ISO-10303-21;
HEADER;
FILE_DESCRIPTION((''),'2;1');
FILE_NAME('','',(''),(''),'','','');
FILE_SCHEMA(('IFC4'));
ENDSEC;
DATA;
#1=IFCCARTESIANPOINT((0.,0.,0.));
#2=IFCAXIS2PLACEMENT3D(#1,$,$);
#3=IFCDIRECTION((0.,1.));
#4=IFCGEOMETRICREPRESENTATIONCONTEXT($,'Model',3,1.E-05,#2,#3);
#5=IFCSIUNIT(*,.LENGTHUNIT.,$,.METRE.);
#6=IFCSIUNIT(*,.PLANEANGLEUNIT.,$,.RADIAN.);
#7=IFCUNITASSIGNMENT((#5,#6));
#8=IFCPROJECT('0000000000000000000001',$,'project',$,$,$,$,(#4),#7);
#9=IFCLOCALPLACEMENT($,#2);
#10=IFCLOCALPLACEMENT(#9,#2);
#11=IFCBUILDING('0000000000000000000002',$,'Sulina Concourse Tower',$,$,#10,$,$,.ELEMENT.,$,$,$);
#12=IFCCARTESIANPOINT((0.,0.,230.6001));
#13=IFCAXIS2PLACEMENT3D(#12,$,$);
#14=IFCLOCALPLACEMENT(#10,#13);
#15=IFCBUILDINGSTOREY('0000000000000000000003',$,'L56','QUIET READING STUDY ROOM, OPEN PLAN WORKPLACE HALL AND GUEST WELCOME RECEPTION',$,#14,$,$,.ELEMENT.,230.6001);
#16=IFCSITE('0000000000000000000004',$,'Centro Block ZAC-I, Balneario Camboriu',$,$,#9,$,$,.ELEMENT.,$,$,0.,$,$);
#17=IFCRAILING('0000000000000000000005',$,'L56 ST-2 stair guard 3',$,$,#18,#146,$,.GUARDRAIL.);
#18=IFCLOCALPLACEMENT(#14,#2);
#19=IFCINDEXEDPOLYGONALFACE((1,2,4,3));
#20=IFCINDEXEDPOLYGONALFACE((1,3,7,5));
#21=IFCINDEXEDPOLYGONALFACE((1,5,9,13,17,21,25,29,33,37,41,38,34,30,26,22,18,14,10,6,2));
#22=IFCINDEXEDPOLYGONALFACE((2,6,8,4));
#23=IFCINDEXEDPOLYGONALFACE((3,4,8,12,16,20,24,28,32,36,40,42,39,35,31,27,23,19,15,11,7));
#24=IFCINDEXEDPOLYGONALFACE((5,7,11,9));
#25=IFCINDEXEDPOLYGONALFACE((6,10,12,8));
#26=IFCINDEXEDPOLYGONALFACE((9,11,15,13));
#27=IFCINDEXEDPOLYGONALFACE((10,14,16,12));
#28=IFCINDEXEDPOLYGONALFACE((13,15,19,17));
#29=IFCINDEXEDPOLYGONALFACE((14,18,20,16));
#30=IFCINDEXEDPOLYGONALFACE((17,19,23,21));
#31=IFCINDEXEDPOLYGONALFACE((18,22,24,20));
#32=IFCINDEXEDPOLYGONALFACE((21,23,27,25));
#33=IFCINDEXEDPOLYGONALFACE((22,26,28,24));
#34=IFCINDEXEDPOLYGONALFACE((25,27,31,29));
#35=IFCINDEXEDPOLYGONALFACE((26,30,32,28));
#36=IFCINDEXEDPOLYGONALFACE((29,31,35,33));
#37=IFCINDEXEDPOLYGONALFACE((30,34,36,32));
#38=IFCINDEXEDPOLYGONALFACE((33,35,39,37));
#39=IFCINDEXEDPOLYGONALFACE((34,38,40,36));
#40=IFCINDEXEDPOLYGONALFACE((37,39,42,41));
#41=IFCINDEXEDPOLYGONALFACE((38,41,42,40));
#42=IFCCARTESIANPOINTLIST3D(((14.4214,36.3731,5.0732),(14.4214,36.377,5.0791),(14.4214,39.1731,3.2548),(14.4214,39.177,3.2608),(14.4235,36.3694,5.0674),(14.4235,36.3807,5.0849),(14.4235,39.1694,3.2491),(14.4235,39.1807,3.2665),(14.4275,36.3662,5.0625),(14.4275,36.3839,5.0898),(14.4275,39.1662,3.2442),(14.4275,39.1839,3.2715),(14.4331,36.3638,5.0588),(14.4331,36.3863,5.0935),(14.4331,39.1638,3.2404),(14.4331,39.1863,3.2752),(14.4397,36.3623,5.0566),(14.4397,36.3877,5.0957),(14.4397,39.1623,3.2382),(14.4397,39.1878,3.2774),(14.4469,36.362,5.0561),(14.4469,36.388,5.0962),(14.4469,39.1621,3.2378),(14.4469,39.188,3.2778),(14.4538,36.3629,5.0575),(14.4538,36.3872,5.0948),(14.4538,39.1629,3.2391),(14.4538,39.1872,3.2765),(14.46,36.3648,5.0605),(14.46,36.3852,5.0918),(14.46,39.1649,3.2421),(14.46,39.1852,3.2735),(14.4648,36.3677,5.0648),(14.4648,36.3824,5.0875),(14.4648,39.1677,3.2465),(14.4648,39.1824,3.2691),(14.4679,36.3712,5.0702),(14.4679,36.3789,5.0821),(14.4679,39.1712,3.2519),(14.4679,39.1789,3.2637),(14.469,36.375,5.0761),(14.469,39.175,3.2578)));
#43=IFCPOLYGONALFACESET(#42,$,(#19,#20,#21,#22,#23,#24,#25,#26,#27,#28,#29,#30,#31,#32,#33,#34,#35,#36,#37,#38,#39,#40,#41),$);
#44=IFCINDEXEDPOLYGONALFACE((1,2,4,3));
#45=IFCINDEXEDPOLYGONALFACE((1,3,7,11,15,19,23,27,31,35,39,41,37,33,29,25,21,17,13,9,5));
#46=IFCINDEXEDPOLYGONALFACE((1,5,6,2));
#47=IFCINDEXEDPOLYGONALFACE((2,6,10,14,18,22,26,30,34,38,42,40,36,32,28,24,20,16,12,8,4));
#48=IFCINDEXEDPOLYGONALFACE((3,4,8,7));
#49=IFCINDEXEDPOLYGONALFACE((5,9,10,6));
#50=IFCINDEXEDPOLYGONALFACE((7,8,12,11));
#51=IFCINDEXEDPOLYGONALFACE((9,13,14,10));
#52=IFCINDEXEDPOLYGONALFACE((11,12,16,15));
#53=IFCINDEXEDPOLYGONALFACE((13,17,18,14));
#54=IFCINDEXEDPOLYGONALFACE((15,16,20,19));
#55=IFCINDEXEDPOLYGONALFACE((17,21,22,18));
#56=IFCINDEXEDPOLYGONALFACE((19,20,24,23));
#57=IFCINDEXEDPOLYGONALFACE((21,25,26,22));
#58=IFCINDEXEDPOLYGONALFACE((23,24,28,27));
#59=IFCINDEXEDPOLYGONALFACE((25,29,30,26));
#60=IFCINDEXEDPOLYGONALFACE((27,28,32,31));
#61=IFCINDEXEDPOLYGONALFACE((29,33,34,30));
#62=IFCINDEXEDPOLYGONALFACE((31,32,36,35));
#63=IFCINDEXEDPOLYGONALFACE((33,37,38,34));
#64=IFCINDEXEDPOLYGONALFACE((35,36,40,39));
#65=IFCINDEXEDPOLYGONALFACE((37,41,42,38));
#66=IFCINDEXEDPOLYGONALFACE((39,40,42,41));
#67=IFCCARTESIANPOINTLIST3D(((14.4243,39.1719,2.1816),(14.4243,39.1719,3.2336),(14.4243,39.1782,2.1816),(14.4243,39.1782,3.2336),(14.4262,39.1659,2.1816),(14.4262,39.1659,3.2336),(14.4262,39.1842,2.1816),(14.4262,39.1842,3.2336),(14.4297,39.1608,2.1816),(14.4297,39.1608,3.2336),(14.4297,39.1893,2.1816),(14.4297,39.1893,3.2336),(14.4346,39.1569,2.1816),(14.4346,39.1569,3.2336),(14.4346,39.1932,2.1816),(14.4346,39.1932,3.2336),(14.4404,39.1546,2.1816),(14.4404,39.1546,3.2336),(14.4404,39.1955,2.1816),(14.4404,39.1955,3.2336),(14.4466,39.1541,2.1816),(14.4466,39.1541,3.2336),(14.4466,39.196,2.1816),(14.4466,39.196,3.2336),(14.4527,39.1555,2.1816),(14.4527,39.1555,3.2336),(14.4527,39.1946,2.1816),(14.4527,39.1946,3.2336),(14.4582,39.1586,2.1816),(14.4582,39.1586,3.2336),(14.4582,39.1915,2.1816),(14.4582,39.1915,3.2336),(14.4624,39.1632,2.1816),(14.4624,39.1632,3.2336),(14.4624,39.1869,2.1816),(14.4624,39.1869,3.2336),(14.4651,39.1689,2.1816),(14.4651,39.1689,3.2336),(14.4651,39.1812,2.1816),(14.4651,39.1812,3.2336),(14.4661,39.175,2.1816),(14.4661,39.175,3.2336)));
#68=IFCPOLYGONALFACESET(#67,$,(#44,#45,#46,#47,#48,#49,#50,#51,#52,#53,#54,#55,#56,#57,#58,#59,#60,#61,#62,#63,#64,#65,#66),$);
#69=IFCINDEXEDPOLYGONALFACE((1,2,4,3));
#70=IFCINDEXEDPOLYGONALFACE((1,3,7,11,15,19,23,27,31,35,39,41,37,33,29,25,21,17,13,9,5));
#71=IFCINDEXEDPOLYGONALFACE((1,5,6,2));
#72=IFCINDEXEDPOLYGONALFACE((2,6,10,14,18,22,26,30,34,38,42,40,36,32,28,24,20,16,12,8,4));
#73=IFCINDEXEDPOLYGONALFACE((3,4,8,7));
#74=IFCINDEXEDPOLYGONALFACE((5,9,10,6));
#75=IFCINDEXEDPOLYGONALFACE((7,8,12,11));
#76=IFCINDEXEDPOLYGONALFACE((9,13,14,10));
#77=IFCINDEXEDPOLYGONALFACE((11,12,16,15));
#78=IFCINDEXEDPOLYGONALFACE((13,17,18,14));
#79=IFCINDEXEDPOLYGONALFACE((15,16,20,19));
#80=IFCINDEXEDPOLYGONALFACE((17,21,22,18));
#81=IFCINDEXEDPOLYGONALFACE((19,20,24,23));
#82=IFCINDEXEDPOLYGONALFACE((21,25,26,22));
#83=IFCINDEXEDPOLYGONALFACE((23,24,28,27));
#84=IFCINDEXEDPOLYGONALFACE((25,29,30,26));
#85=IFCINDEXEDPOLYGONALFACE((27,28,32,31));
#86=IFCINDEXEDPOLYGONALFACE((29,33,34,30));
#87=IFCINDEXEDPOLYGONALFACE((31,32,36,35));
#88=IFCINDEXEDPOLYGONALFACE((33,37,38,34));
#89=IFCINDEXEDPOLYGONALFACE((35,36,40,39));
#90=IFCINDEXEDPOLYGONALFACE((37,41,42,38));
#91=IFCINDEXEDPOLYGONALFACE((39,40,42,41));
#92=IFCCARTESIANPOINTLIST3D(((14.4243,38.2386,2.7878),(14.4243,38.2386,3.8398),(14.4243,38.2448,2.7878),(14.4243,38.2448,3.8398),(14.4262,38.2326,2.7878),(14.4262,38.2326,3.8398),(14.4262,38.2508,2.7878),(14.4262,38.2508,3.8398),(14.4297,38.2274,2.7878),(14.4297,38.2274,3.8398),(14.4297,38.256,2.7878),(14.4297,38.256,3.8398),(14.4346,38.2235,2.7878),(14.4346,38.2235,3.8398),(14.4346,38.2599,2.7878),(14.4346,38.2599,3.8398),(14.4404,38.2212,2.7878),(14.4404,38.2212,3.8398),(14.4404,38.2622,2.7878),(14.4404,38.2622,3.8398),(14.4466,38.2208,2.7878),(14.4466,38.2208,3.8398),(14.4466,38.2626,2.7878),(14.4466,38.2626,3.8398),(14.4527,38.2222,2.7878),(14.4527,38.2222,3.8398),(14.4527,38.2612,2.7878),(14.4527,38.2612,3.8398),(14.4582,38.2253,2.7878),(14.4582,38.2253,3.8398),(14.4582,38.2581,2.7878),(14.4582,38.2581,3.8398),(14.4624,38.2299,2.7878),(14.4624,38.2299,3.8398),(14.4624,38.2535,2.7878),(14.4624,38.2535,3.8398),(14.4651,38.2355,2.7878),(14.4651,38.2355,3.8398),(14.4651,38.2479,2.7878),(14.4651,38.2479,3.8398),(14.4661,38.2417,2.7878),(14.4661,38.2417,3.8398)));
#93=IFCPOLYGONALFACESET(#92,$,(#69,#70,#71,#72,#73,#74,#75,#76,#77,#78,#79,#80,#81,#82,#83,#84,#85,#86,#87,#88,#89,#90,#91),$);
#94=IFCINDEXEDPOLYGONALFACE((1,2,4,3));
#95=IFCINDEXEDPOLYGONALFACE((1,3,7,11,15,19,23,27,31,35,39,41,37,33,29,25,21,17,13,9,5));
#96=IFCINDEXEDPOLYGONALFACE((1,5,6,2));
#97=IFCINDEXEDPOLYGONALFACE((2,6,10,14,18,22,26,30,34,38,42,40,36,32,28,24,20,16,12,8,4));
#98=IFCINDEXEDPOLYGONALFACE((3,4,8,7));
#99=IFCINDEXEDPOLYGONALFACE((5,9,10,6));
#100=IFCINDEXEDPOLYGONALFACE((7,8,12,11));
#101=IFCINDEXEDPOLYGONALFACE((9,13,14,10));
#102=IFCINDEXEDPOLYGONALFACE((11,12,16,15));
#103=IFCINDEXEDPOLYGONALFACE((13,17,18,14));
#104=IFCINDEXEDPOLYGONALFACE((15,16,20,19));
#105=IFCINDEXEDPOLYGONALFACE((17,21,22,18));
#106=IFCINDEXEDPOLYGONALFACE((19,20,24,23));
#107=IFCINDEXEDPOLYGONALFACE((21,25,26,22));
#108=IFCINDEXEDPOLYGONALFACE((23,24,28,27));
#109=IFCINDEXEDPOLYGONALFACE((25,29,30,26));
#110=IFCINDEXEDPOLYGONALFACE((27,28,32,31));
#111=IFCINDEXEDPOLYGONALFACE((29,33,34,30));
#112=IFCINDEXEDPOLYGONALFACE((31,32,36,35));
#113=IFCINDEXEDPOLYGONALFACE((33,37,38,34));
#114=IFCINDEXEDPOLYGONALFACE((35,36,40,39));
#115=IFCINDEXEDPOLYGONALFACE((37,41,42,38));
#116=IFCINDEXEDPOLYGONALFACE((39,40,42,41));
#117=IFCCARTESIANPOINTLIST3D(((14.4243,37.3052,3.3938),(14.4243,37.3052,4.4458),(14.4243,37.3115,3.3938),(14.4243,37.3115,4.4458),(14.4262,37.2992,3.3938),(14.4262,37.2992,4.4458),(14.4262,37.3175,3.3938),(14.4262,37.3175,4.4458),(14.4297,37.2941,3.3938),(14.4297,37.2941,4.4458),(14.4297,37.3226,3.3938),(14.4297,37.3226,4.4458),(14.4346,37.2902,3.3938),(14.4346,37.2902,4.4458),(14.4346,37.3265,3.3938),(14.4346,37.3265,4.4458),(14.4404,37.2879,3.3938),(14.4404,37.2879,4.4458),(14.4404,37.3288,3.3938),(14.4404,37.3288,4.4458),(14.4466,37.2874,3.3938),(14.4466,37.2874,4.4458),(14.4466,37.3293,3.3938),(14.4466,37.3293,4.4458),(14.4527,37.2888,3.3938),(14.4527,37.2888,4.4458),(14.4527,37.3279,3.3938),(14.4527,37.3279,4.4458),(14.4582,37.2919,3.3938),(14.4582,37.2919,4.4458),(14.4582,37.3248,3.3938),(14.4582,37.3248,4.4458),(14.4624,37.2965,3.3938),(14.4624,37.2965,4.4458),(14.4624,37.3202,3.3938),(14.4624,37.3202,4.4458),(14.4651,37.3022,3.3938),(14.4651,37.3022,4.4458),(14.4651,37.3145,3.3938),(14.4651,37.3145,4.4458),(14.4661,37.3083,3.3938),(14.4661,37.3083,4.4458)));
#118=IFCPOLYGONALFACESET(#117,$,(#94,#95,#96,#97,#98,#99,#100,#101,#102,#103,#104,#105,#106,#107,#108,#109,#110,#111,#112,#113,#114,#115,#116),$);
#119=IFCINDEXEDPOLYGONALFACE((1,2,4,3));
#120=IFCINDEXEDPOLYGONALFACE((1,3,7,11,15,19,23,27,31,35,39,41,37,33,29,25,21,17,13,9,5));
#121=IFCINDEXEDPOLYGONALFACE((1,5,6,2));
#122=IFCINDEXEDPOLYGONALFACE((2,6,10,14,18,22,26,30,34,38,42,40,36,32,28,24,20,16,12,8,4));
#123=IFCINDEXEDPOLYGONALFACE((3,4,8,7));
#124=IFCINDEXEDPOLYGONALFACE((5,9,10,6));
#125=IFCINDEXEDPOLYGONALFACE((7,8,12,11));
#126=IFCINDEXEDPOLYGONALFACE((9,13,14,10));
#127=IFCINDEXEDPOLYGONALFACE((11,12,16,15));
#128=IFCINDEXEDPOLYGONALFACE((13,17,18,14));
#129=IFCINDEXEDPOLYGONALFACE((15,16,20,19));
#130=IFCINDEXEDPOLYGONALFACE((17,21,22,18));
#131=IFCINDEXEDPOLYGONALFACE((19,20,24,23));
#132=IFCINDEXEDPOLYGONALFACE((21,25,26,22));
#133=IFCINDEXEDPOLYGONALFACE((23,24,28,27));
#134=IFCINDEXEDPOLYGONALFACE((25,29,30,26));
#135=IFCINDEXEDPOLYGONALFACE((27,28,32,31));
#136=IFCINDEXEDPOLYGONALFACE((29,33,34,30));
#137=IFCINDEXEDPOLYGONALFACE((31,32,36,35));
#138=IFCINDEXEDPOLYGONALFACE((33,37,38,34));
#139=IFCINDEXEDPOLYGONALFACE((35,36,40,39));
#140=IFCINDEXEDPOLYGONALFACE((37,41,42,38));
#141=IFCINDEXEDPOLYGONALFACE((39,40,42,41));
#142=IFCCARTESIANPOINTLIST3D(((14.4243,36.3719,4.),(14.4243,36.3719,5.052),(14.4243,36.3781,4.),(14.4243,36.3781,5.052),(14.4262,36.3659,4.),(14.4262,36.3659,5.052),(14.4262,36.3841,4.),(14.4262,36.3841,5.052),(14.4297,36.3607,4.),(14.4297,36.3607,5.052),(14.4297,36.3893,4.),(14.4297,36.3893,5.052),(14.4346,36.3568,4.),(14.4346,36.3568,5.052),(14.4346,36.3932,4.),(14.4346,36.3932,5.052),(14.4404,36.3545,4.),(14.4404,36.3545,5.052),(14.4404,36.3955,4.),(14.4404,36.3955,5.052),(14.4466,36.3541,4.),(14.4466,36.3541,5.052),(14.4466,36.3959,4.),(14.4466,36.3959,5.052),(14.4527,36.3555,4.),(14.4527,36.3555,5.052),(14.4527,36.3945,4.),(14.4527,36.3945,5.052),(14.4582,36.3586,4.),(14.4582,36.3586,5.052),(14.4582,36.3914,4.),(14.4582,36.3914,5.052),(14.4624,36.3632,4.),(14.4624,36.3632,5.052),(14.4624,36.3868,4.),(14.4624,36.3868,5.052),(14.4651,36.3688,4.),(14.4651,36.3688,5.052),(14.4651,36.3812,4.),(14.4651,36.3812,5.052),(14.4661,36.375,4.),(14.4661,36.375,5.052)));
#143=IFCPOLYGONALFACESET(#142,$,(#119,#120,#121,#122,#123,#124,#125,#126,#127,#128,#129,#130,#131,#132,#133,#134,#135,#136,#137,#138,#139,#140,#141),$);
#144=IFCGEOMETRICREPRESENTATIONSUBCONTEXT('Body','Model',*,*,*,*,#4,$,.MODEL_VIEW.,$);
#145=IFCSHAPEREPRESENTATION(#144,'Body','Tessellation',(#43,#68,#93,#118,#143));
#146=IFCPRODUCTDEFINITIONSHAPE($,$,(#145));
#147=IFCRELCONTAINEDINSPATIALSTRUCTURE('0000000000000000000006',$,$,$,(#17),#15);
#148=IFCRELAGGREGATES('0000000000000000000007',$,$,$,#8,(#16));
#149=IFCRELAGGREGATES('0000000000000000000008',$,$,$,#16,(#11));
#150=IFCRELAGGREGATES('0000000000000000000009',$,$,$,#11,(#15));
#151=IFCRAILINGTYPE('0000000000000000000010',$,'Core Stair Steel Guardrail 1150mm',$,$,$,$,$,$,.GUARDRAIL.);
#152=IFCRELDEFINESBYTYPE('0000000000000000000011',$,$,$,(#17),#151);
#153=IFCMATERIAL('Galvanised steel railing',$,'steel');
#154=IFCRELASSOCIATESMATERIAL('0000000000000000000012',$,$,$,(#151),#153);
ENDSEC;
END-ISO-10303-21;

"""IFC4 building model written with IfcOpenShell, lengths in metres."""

from ifc_helpers import new_model, si_unit, direction, frame, origin, origin_2d, place, context, subcontext, project, spatial, circle, extrude, material, type_object, element, save


model = new_model("IFC4")

# Units and contexts
model_context = context("Model", 3, precision=1e-05, world=origin(), true_north=direction((0.0, 1.0)))
body_context = subcontext(model_context, "Body", "Model", "MODEL_VIEW")
ifc_project = project(units=[si_unit("LENGTHUNIT", "METRE"), si_unit("PLANEANGLEUNIT", "RADIAN")], contexts=[model_context])

# Site, building, storey
site_placement = place(None, origin())
site = spatial("IfcSite", under=ifc_project, at=site_placement, Name="Centro Block ZAC-I, Balneario Camboriu", CompositionType="ELEMENT", RefElevation=0.0)
building_placement = place(site_placement, origin())
building = spatial("IfcBuilding", under=site, at=building_placement, Name="Sulina Concourse Tower", CompositionType="ELEMENT")
storey_placement = place(building_placement, frame((0.0, 0.0, 230.6001)))
storey = spatial("IfcBuildingStorey", under=building, at=storey_placement, Name="L56", Description="QUIET READING STUDY ROOM, OPEN PLAN WORKPLACE HALL AND GUEST WELCOME RECEPTION", CompositionType="ELEMENT", Elevation=230.6001)

# Railing
ifc_material_1 = material(Name="Galvanised steel railing", Category="steel")
railing_type_1 = type_object("IfcRailingType", Name="Core Stair Steel Guardrail 1150mm", PredefinedType="GUARDRAIL", material=ifc_material_1)
railing_1_placement = place(storey_placement, frame((14.4451, 39.175, 2.1816)))
element("IfcRailing", 1, at=railing_1_placement, inside=storey, type_object=railing_type_1, Name="L56 ST-2 stair guard 3", PredefinedType="GUARDRAIL", context=body_context, shape_type="SweptSolid", body=[
    extrude(circle(Radius=0.0239, at=origin_2d()), frame((0.0, 0.0, 1.0762), z_axis=(0.0, -0.838672, 0.544636), x_axis=(1.0, 0.0, 0.0)), (0.0, 0.0, 1.0), 3.3386),
    extrude(circle(Radius=0.021, at=origin_2d()), origin(), (0.0, 0.0, 1.0), 1.052),
    extrude(circle(Radius=0.021, at=origin_2d()), frame((0.0, -0.9333, 0.6062)), (0.0, 0.0, 1.0), 1.052),
    extrude(circle(Radius=0.021, at=origin_2d()), frame((0.0, -1.8667, 1.2122)), (0.0, 0.0, 1.0), 1.052),
    extrude(circle(Radius=0.021, at=origin_2d()), frame((0.0, -2.8, 1.8184)), (0.0, 0.0, 1.0), 1.052),
])

save(model, "model.ifc")
